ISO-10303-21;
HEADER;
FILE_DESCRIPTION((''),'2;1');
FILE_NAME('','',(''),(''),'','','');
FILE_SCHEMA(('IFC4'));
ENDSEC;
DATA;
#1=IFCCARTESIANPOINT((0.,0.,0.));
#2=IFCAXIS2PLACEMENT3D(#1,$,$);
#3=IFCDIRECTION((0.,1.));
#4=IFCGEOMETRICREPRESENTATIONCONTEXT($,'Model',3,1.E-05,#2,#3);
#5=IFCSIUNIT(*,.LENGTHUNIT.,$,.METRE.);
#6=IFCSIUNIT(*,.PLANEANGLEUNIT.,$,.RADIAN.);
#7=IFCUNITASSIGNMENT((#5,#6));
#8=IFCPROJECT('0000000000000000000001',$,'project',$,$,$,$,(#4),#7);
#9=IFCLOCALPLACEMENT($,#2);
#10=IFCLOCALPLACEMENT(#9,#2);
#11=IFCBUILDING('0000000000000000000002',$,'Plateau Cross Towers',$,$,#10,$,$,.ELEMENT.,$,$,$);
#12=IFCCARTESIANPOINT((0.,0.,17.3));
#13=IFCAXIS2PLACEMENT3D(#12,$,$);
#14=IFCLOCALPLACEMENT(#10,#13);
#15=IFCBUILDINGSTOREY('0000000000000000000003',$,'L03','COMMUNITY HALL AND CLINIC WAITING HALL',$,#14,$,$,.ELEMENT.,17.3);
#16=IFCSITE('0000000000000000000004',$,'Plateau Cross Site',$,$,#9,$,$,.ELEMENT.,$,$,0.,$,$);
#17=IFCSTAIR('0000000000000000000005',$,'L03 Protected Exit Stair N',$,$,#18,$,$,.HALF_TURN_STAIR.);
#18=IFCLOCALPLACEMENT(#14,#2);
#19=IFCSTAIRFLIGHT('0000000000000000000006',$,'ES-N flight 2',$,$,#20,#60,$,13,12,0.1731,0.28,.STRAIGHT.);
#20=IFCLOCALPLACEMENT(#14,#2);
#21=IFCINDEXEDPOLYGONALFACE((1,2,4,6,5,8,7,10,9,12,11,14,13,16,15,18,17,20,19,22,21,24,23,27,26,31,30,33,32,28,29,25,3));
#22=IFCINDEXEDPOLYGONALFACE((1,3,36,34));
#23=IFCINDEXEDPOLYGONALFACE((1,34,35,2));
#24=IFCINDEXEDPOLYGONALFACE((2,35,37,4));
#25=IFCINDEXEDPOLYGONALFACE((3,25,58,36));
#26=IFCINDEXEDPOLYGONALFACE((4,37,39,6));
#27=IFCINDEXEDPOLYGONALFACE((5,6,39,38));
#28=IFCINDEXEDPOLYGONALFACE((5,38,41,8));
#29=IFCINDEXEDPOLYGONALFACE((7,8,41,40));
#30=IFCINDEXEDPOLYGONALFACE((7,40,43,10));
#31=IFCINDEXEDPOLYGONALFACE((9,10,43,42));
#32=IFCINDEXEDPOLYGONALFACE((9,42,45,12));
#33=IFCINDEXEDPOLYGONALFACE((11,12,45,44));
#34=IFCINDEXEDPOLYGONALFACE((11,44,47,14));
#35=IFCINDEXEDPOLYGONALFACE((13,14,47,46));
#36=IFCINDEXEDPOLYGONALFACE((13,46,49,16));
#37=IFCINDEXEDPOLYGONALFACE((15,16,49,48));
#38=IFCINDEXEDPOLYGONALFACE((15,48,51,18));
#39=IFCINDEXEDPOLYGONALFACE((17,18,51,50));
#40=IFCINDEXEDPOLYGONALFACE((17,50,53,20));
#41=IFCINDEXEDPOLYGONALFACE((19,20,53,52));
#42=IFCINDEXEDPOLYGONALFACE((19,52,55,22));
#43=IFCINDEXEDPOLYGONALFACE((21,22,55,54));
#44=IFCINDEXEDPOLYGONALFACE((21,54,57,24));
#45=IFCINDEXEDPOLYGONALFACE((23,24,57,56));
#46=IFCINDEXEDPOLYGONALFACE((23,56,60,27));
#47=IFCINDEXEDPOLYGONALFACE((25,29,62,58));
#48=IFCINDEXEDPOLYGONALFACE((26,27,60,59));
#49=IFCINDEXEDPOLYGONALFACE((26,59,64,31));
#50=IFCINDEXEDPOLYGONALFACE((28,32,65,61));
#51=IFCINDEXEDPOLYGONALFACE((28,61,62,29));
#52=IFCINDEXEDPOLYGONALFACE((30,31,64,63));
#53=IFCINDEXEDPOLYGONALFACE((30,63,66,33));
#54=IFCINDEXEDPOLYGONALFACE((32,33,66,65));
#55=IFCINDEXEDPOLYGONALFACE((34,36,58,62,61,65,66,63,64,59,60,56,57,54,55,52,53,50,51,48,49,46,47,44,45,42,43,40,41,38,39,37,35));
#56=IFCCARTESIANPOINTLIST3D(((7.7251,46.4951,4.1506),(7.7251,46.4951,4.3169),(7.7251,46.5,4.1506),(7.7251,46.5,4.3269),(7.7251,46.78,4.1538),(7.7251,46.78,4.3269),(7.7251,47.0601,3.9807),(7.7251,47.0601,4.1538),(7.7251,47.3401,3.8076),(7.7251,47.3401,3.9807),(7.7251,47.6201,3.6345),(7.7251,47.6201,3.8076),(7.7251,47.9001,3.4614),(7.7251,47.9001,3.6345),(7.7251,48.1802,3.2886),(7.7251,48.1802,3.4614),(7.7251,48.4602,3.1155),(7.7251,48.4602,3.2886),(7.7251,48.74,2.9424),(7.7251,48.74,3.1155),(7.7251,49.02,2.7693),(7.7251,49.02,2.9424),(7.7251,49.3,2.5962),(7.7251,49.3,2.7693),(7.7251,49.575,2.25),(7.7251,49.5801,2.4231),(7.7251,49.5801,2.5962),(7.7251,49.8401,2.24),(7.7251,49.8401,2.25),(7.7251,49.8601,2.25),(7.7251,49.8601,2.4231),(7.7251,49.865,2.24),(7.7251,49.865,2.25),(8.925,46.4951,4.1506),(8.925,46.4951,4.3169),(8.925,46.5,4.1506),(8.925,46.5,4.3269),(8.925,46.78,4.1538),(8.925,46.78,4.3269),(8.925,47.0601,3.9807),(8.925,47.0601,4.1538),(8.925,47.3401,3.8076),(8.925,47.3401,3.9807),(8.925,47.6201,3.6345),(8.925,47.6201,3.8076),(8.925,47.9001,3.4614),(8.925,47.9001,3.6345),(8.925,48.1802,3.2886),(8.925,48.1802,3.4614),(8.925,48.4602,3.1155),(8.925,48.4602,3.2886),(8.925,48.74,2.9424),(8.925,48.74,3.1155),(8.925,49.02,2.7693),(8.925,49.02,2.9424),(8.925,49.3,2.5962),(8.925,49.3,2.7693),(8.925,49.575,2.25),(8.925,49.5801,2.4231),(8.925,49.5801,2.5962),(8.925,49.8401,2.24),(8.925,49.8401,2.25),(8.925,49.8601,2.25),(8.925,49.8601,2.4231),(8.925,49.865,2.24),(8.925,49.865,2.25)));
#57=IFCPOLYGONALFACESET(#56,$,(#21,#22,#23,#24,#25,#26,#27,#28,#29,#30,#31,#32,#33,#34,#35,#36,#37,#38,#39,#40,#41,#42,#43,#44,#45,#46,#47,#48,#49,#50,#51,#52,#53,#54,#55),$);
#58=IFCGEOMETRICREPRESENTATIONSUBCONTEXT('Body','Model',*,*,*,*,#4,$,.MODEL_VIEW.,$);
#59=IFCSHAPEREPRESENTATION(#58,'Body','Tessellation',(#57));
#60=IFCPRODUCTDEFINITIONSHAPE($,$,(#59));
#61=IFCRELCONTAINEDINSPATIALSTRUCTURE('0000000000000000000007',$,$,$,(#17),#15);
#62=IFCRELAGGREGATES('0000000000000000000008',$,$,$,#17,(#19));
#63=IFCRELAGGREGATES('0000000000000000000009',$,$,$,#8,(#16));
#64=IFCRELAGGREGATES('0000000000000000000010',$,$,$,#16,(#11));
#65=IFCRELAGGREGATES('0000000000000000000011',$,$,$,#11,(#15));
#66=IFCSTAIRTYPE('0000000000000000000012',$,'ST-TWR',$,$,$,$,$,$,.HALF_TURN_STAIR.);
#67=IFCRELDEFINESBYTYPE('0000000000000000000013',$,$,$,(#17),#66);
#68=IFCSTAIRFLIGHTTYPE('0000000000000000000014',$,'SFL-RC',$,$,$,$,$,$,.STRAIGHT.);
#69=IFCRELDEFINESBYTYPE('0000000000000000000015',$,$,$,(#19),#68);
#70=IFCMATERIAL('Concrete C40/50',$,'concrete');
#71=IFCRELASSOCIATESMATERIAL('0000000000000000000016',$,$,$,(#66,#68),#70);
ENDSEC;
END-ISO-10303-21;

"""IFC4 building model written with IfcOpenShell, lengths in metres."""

from ifc_helpers import new_model, si_unit, direction, frame, origin, place, context, subcontext, project, spatial, polyline, outline, extrude, material, type_object, element, aggregate, save


model = new_model("IFC4")

# Units and contexts
model_context = context("Model", 3, precision=1e-05, world=origin(), true_north=direction((0.0, 1.0)))
body_context = subcontext(model_context, "Body", "Model", "MODEL_VIEW")
ifc_project = project(units=[si_unit("LENGTHUNIT", "METRE"), si_unit("PLANEANGLEUNIT", "RADIAN")], contexts=[model_context])

# Site, building, storey
site_placement = place(None, origin())
site = spatial("IfcSite", under=ifc_project, at=site_placement, Name="Plateau Cross Site", CompositionType="ELEMENT", RefElevation=0.0)
building_placement = place(site_placement, origin())
building = spatial("IfcBuilding", under=site, at=building_placement, Name="Plateau Cross Towers", CompositionType="ELEMENT")
storey_placement = place(building_placement, frame((0.0, 0.0, 17.3)))
storey = spatial("IfcBuildingStorey", under=building, at=storey_placement, Name="L03", Description="COMMUNITY HALL AND CLINIC WAITING HALL", CompositionType="ELEMENT", Elevation=17.3)

# Stair, stair flight
ifc_material_1 = material(Name="Concrete C40/50", Category="concrete")
stair_type_1 = type_object("IfcStairType", Name="ST-TWR", PredefinedType="HALF_TURN_STAIR", material=ifc_material_1)
stair_1_placement = place(storey_placement, origin())
stair_1 = element("IfcStair", 1, at=stair_1_placement, inside=storey, type_object=stair_type_1, Name="L03 Protected Exit Stair N", PredefinedType="HALF_TURN_STAIR")
stair_flight_type_1 = type_object("IfcStairFlightType", Name="SFL-RC", PredefinedType="STRAIGHT", material=ifc_material_1)
stair_flight_1_placement = place(storey_placement, frame((8.325, 49.8601, 2.25), z_axis=(0.0, 0.0, 1.0), x_axis=(0.0, -1.0, 0.0)))
stair_flight_1 = element("IfcStairFlight", 2, at=stair_flight_1_placement, type_object=stair_flight_type_1, Name="ES-N flight 2", NumberOfRisers=13, NumberOfTreads=12, PredefinedType="STRAIGHT", RiserHeight=0.1731, TreadLength=0.28, context=body_context, shape_type="SweptSolid", body=[
    extrude(outline(polyline([(-0.0049, -0.01), (-0.0049, 0.0), (0.0, 0.0), (0.0, 0.1731), (0.28, 0.1731), (0.28, 0.3462), (0.5601, 0.3462), (0.5601, 0.5193), (0.8401, 0.5193), (0.8401, 0.6924), (1.1201, 0.6924), (1.1201, 0.8655), (1.3999, 0.8655), (1.3999, 1.0386), (1.6799, 1.0386), (1.6799, 1.2114), (1.96, 1.2114), (1.96, 1.3845), (2.24, 1.3845), (2.24, 1.5576), (2.52, 1.5576), (2.52, 1.7307), (2.8, 1.7307), (2.8, 1.9038), (3.0801, 1.9038), (3.0801, 2.0769), (3.3601, 2.0769), (3.365, 2.0669), (3.365, 1.9006), (3.3601, 1.9006), (0.2852, 0.0), (0.02, 0.0), (0.02, -0.01), (-0.0049, -0.01)])), frame((0.0, 0.6001, 0.0), z_axis=(0.0, -1.0, 0.0), x_axis=(1.0, 0.0, 0.0)), (0.0, 0.0, 1.0), 1.2),
])
aggregate(stair_1, [stair_flight_1])

save(model, "model.ifc")
